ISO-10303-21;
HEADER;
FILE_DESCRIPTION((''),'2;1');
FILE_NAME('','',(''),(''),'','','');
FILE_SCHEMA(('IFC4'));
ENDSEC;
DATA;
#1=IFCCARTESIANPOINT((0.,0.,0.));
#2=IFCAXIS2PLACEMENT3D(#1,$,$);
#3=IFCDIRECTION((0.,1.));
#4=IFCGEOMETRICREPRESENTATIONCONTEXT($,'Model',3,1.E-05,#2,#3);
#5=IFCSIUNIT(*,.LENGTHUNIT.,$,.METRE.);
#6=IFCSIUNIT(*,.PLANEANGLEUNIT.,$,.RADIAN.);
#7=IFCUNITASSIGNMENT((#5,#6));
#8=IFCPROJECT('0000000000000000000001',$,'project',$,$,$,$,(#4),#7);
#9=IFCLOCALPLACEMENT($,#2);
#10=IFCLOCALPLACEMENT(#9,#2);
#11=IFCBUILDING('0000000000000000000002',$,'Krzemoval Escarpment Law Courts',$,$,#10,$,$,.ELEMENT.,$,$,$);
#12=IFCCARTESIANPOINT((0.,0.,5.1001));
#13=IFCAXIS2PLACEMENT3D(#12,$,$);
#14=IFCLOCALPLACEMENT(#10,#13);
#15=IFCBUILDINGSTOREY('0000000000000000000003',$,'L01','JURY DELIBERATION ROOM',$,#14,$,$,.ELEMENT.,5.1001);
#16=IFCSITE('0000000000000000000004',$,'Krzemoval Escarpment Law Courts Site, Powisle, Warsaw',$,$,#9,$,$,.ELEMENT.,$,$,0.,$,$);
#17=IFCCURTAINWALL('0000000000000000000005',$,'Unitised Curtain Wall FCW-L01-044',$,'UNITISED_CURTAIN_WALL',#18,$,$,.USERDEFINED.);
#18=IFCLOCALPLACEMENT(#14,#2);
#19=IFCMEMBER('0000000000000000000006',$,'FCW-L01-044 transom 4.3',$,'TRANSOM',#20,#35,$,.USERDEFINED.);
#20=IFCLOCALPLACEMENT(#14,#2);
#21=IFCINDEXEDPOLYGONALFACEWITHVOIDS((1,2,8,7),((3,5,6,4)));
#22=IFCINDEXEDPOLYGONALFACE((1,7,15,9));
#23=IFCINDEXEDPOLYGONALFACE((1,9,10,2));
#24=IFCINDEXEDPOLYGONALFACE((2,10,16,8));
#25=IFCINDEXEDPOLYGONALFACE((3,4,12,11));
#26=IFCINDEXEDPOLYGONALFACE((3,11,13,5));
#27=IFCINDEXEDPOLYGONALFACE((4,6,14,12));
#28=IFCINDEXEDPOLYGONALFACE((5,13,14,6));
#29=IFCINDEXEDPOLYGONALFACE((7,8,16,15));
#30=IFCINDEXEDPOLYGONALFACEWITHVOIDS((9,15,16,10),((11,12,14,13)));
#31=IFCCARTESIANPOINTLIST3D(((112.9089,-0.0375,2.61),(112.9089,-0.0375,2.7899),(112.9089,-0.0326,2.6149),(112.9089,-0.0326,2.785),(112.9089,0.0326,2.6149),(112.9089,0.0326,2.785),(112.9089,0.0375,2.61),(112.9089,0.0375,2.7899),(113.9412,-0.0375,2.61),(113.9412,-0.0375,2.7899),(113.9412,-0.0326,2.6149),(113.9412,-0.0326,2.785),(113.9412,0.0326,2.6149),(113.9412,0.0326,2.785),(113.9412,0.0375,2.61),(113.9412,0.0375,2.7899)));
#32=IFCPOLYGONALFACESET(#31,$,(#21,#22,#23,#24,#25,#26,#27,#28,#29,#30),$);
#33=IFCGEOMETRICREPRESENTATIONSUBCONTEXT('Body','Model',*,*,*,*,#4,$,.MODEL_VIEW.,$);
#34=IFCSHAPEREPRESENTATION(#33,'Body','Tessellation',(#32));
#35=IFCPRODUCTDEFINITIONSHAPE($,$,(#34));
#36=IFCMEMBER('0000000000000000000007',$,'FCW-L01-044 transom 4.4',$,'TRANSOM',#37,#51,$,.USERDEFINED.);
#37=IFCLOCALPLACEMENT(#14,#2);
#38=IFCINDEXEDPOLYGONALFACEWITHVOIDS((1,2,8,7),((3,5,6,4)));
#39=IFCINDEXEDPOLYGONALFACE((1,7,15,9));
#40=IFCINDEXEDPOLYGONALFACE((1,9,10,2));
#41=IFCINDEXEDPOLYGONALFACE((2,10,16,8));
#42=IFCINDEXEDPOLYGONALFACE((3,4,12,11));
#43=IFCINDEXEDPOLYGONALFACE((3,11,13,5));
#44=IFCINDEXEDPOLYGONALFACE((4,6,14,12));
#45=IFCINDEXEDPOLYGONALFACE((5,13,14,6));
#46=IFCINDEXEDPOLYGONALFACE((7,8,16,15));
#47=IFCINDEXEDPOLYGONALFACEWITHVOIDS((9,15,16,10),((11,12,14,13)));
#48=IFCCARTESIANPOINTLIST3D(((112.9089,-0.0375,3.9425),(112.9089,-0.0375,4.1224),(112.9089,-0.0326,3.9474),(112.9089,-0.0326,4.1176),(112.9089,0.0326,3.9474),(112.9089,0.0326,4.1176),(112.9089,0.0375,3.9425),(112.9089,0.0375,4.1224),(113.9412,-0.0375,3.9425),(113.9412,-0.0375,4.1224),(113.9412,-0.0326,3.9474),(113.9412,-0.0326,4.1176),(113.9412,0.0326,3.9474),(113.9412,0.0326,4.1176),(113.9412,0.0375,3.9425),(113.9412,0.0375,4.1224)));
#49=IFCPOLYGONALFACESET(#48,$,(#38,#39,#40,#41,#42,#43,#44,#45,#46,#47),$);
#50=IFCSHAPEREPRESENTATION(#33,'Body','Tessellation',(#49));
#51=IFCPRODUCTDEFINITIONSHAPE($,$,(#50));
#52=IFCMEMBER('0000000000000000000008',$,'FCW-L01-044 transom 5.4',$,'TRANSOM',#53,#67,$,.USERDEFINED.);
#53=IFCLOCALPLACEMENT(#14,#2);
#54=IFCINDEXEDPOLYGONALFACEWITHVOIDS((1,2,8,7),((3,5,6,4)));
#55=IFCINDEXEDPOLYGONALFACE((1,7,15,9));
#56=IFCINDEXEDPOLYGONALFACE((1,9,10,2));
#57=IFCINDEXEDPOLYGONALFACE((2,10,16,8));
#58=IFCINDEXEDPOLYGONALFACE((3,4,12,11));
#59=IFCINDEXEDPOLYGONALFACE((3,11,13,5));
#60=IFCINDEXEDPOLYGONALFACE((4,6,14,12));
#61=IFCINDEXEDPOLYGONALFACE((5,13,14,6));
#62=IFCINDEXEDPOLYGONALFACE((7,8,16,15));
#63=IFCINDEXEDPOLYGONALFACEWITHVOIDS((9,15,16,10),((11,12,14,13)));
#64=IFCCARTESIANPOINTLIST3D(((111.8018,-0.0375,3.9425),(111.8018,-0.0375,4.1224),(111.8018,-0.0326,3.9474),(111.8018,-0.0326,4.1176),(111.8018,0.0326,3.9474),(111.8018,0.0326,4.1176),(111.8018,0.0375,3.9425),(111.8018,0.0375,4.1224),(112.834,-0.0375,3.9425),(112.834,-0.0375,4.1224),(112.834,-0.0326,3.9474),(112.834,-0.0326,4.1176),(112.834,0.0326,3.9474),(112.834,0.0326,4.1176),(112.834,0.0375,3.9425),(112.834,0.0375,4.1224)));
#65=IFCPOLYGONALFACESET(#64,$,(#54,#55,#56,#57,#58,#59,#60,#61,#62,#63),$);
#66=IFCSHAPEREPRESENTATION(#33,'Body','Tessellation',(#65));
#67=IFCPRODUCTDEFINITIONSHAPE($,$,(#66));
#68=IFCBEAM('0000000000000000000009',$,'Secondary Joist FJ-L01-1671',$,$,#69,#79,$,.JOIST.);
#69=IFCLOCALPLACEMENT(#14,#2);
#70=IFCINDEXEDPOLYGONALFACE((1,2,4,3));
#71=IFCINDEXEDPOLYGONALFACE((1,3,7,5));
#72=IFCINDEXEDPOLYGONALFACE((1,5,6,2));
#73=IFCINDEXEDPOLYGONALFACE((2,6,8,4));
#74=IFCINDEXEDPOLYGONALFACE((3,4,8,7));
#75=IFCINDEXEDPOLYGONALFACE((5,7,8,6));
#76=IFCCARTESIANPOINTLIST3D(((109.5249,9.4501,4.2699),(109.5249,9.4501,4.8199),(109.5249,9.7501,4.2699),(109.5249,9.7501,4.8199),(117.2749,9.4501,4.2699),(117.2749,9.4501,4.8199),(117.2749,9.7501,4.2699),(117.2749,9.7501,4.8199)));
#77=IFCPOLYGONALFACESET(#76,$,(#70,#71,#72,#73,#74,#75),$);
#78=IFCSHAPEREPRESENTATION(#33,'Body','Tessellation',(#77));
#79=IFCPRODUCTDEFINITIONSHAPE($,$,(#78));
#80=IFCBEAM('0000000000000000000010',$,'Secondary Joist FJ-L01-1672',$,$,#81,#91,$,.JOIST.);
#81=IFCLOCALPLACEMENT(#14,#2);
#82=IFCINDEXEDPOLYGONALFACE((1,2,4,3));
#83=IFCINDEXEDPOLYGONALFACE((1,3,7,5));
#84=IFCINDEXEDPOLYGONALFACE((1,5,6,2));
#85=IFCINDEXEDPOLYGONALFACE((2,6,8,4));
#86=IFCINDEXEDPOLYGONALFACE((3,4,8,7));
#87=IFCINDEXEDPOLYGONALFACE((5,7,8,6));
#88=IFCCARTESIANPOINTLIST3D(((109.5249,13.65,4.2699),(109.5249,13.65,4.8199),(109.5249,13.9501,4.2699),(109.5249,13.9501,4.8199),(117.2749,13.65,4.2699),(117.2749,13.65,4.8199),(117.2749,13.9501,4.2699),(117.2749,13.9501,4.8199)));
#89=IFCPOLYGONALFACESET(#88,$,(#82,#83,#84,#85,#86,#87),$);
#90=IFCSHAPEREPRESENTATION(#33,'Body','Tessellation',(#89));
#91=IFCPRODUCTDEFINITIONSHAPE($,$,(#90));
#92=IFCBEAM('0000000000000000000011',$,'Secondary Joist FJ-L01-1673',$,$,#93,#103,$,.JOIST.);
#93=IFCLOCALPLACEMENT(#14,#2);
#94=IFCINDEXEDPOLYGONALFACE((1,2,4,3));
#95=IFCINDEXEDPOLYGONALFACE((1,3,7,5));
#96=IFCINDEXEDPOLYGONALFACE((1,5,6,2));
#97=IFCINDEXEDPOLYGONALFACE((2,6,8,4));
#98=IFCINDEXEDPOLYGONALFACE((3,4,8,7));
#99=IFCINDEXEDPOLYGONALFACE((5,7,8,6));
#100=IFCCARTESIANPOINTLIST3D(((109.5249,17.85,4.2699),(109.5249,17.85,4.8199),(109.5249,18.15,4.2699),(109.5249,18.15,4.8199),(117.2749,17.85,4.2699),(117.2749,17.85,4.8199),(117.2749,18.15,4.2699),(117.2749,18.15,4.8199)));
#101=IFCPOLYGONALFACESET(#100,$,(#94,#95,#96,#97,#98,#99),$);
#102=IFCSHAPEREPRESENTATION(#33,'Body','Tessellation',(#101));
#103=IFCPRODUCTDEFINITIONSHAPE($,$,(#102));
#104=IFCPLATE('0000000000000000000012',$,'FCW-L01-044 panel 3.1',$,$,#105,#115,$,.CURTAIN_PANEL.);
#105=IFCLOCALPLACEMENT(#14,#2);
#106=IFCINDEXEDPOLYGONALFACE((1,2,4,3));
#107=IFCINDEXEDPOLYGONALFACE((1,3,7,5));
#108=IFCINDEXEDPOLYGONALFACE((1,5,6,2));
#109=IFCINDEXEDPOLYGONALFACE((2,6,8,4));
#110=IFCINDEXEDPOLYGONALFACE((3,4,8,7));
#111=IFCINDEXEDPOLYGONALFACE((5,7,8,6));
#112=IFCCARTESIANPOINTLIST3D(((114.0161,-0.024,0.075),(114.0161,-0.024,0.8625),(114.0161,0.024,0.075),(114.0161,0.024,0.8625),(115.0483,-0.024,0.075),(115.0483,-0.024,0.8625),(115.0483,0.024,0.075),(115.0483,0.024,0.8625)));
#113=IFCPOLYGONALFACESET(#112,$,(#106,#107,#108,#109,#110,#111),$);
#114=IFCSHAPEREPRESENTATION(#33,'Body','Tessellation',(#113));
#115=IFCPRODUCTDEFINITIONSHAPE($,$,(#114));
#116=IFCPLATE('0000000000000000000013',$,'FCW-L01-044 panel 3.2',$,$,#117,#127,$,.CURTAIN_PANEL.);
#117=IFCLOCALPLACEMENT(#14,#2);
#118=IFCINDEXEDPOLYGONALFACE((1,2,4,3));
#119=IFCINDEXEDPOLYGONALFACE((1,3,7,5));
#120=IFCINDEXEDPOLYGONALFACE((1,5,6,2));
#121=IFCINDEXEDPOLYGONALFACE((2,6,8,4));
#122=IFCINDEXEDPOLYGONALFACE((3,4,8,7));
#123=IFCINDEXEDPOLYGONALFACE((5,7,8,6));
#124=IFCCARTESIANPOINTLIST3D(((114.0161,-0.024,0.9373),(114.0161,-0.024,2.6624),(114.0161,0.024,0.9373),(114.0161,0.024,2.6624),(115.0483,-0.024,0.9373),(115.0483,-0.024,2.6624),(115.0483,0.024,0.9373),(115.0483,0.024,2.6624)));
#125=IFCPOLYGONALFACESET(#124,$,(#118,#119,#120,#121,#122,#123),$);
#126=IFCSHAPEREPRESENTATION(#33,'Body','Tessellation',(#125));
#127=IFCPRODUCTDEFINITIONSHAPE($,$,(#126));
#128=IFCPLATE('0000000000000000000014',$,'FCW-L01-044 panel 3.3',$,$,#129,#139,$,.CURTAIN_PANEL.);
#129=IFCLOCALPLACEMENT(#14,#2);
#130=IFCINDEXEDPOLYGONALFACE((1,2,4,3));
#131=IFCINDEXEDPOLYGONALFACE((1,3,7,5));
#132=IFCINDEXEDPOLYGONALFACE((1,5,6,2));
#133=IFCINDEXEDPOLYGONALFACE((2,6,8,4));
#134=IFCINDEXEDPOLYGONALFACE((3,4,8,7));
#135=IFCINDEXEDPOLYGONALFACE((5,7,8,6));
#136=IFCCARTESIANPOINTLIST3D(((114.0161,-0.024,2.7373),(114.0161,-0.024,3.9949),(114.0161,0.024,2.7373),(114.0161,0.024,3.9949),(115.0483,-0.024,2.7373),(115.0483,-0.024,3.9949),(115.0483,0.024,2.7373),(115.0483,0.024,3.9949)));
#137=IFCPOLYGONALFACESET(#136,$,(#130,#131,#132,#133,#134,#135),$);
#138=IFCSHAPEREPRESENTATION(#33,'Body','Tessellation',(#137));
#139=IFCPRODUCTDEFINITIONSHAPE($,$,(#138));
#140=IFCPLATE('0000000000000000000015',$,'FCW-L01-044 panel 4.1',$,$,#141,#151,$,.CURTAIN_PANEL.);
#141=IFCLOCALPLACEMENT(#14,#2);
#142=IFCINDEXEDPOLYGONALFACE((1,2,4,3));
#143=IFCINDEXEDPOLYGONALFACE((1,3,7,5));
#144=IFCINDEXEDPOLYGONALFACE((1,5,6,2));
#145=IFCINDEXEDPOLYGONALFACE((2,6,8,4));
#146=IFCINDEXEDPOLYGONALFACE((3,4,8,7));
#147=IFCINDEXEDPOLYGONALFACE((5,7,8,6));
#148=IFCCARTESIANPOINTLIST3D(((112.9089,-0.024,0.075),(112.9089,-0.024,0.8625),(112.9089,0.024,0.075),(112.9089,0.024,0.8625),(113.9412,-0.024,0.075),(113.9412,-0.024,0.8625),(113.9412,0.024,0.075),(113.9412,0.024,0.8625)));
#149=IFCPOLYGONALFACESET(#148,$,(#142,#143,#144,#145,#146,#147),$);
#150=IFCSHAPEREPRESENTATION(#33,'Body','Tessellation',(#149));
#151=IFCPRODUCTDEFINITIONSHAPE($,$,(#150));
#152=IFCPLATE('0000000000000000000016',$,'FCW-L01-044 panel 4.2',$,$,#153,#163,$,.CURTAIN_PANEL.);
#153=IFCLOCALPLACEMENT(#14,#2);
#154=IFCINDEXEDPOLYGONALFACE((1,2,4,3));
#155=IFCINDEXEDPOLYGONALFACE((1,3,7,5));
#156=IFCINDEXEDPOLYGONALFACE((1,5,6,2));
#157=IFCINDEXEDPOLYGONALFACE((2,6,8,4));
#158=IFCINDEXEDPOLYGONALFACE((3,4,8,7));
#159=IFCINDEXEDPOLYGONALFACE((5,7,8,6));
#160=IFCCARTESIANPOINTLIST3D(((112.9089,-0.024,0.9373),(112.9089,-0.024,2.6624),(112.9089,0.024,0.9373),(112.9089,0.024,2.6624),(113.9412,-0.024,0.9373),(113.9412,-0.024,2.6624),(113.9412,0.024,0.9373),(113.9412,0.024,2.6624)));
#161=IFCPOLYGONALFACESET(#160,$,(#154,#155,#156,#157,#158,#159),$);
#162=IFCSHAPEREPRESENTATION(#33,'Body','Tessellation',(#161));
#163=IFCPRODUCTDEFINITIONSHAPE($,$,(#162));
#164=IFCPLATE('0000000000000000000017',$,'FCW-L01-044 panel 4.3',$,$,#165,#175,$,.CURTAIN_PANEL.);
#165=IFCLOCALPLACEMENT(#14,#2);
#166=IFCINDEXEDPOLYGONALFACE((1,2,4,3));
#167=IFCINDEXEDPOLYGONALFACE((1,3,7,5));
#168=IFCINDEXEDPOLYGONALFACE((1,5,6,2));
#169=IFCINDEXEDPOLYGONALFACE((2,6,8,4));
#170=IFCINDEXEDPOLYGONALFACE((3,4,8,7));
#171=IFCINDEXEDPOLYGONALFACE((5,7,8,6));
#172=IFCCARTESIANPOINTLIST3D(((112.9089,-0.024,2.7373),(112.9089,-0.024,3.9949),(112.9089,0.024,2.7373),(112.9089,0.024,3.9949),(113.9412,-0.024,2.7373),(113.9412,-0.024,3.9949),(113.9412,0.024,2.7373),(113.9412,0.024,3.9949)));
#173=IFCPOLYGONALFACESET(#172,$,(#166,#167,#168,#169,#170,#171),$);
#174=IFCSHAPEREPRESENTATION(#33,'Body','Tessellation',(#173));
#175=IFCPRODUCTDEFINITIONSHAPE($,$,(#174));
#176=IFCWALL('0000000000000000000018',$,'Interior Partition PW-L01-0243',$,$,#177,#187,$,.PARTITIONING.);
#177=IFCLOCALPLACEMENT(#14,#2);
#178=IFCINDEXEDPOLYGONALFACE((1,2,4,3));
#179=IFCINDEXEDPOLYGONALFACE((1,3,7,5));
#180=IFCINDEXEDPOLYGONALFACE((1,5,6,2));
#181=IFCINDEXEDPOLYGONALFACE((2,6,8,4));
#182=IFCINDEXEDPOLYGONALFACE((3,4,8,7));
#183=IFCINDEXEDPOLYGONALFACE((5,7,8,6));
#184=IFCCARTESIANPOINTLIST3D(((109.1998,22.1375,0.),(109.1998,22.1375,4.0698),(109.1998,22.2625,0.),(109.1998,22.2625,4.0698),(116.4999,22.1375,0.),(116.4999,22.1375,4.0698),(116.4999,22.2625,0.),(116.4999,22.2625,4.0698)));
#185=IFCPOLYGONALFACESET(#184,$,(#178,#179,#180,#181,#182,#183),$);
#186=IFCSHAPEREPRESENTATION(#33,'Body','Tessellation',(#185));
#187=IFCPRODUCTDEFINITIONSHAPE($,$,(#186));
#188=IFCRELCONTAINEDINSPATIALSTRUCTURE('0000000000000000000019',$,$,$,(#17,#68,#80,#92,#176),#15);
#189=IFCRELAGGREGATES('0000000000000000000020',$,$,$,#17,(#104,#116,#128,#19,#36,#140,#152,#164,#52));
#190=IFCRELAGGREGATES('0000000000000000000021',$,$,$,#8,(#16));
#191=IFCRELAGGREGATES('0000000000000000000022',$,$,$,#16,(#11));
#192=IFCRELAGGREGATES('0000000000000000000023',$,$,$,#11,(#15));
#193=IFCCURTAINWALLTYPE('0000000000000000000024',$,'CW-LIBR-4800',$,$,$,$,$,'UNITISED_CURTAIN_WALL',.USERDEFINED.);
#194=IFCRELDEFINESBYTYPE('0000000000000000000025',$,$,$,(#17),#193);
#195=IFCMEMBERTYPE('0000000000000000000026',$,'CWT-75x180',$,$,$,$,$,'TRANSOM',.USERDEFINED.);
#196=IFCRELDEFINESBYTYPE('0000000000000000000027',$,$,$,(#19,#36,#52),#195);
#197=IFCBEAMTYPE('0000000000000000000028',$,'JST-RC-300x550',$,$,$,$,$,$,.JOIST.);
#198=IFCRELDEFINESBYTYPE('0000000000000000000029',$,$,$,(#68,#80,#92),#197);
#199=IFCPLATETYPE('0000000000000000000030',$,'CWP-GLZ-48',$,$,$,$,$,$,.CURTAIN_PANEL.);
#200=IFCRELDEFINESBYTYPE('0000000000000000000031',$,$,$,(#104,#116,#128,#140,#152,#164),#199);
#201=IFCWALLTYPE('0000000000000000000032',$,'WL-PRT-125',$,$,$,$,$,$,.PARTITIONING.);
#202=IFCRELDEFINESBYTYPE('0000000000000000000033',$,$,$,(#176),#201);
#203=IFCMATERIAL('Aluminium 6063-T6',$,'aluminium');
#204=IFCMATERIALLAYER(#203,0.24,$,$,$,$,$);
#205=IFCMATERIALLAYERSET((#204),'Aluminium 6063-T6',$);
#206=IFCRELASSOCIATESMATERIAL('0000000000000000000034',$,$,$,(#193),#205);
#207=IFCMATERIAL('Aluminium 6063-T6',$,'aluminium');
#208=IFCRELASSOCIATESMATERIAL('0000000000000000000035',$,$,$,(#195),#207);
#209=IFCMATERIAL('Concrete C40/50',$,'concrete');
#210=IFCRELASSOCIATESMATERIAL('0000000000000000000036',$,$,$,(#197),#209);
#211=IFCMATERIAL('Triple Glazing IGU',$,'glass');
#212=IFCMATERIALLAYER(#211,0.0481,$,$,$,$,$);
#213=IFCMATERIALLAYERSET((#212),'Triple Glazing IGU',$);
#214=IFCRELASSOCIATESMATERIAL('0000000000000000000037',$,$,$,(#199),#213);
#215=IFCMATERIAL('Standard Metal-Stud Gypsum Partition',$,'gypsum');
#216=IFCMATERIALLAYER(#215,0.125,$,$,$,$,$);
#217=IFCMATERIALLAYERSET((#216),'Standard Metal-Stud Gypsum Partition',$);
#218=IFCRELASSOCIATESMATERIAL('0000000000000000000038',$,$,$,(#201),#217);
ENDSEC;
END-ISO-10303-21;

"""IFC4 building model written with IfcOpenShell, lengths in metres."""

from ifc_helpers import new_model, si_unit, direction, frame, frame_2d, origin, origin_2d, place, context, subcontext, project, spatial, rectangle, hollow_rectangle, extrude, material, layer, layer_set, material_profile, profile_set, type_object, element, aggregate, save


model = new_model("IFC4")

# Units and contexts
model_context = context("Model", 3, precision=1e-05, world=origin(), true_north=direction((0.0, 1.0)))
body_context = subcontext(model_context, "Body", "Model", "MODEL_VIEW")
ifc_project = project(units=[si_unit("LENGTHUNIT", "METRE"), si_unit("PLANEANGLEUNIT", "RADIAN")], contexts=[model_context])

# Site, building, storey
site_placement = place(None, origin())
site = spatial("IfcSite", under=ifc_project, at=site_placement, Name="Krzemoval Escarpment Law Courts Site, Powisle, Warsaw", CompositionType="ELEMENT", RefElevation=0.0)
building_placement = place(site_placement, origin())
building = spatial("IfcBuilding", under=site, at=building_placement, Name="Krzemoval Escarpment Law Courts", CompositionType="ELEMENT")
storey_placement = place(building_placement, frame((0.0, 0.0, 5.1001)))
storey = spatial("IfcBuildingStorey", under=building, at=storey_placement, Name="L01", Description="JURY DELIBERATION ROOM", CompositionType="ELEMENT", Elevation=5.1001)

# Curtain wall, members
ifc_material_1 = material(Name="Aluminium 6063-T6", Category="aluminium")
ifc_layer_1 = layer(ifc_material_1, 0.24)
ifc_layer_set_1 = layer_set([ifc_layer_1], Name="Aluminium 6063-T6")
curtain_wall_type = type_object("IfcCurtainWallType", Name="CW-LIBR-4800", ElementType="UNITISED_CURTAIN_WALL", PredefinedType="USERDEFINED", material=ifc_layer_set_1)
curtain_wall_placement = place(storey_placement, origin())
curtain_wall = element("IfcCurtainWall", 1, at=curtain_wall_placement, inside=storey, type_object=curtain_wall_type, Name="Unitised Curtain Wall FCW-L01-044", ObjectType="UNITISED_CURTAIN_WALL", PredefinedType="USERDEFINED")
ifc_material_2 = material(Name="Aluminium 6063-T6", Category="aluminium")
ifc_material_profile_1 = material_profile(ifc_material_2, hollow_rectangle(XDim=0.075, YDim=0.1799, WallThickness=0.0049, at=origin_2d()), Name="ALU T75x180")
ifc_profile_set_1 = profile_set([ifc_material_profile_1], Name="Aluminium 6063-T6")
member_type_1 = type_object("IfcMemberType", Name="CWT-75x180", ElementType="TRANSOM", PredefinedType="USERDEFINED", material=ifc_profile_set_1)
member_1_placement = place(storey_placement, frame((113.9412, 0.0, 2.7), z_axis=(-1.0, 0.0, 0.0), x_axis=(0.0, -1.0, 0.0)))
member_1 = element("IfcMember", 2, at=member_1_placement, type_object=member_type_1, Name="FCW-L01-044 transom 4.3", ObjectType="TRANSOM", PredefinedType="USERDEFINED", context=body_context, shape_type="SweptSolid", body=[
    extrude(hollow_rectangle(XDim=0.075, YDim=0.1799, WallThickness=0.0049, at=origin_2d()), origin(), (0.0, 0.0, 1.0), 1.0322),
])
member_2_placement = place(storey_placement, frame((113.9412, 0.0, 4.0325), z_axis=(-1.0, 0.0, 0.0), x_axis=(0.0, -1.0, 0.0)))
member_2 = element("IfcMember", 3, at=member_2_placement, type_object=member_type_1, Name="FCW-L01-044 transom 4.4", ObjectType="TRANSOM", PredefinedType="USERDEFINED", context=body_context, shape_type="SweptSolid", body=[
    extrude(hollow_rectangle(XDim=0.075, YDim=0.1799, WallThickness=0.0049, at=origin_2d()), origin(), (0.0, 0.0, 1.0), 1.0322),
])
member_3_placement = place(storey_placement, frame((112.834, 0.0, 4.0325), z_axis=(-1.0, 0.0, 0.0), x_axis=(0.0, -1.0, 0.0)))
member_3 = element("IfcMember", 4, at=member_3_placement, type_object=member_type_1, Name="FCW-L01-044 transom 5.4", ObjectType="TRANSOM", PredefinedType="USERDEFINED", context=body_context, shape_type="SweptSolid", body=[
    extrude(hollow_rectangle(XDim=0.075, YDim=0.1799, WallThickness=0.0049, at=origin_2d()), origin(), (0.0, 0.0, 1.0), 1.0322),
])

# Beams
ifc_material_3 = material(Name="Concrete C40/50", Category="concrete")
ifc_material_profile_2 = material_profile(ifc_material_3, rectangle(XDim=0.3, YDim=0.55, at=origin_2d()), Name="RCB 300x550")
ifc_profile_set_2 = profile_set([ifc_material_profile_2], Name="Concrete C40/50")
beam_type_1 = type_object("IfcBeamType", Name="JST-RC-300x550", PredefinedType="JOIST", material=ifc_profile_set_2)
for number, where, z_axis, x_axis, name in (
    (5, (109.5249, 9.6001, 4.5449), (1.0, 0.0, 0.0), (0.0, 1.0, 0.0), "Secondary Joist FJ-L01-1671"),
    (6, (109.5249, 13.8, 4.5449), (1.0, 0.0, 0.0), (0.0, 1.0, 0.0), "Secondary Joist FJ-L01-1672"),
    (7, (109.5249, 18.0, 4.5449), (1.0, 0.0, 0.0), (0.0, 1.0, 0.0), "Secondary Joist FJ-L01-1673"),
):
    element("IfcBeam", number, at=place(storey_placement, frame(where, z_axis=z_axis, x_axis=x_axis)), inside=storey, type_object=beam_type_1, Name=name, PredefinedType="JOIST", context=body_context, shape_type="SweptSolid", body=[
        extrude(rectangle(XDim=0.3, YDim=0.55, at=origin_2d()), origin(), (0.0, 0.0, 1.0), 7.75),
    ])

# Plates
ifc_material_4 = material(Name="Triple Glazing IGU", Category="glass")
ifc_layer_2 = layer(ifc_material_4, 0.0481)
ifc_layer_set_2 = layer_set([ifc_layer_2], Name="Triple Glazing IGU")
plate_type = type_object("IfcPlateType", Name="CWP-GLZ-48", PredefinedType="CURTAIN_PANEL", material=ifc_layer_set_2)
plate_1_placement = place(storey_placement, frame((114.5322, 0.0, 0.075), z_axis=(0.0, 0.0, 1.0), x_axis=(-1.0, 0.0, 0.0)))
plate_1 = element("IfcPlate", 8, at=plate_1_placement, type_object=plate_type, Name="FCW-L01-044 panel 3.1", PredefinedType="CURTAIN_PANEL", context=body_context, shape_type="SweptSolid", body=[
    extrude(rectangle(XDim=1.0322, YDim=0.0481, at=origin_2d()), origin(), (0.0, 0.0, 1.0), 0.7876),
])
plate_2_placement = place(storey_placement, frame((114.5322, 0.0, 0.9373), z_axis=(0.0, 0.0, 1.0), x_axis=(-1.0, 0.0, 0.0)))
plate_2 = element("IfcPlate", 9, at=plate_2_placement, type_object=plate_type, Name="FCW-L01-044 panel 3.2", PredefinedType="CURTAIN_PANEL", context=body_context, shape_type="SweptSolid", body=[
    extrude(rectangle(XDim=1.0322, YDim=0.0481, at=origin_2d()), origin(), (0.0, 0.0, 1.0), 1.7251),
])
plate_3_placement = place(storey_placement, frame((114.5322, 0.0, 2.7373), z_axis=(0.0, 0.0, 1.0), x_axis=(-1.0, 0.0, 0.0)))
plate_3 = element("IfcPlate", 10, at=plate_3_placement, type_object=plate_type, Name="FCW-L01-044 panel 3.3", PredefinedType="CURTAIN_PANEL", context=body_context, shape_type="SweptSolid", body=[
    extrude(rectangle(XDim=1.0322, YDim=0.0481, at=origin_2d()), origin(), (0.0, 0.0, 1.0), 1.2576),
])
plate_4_placement = place(storey_placement, frame((113.425, 0.0, 0.075), z_axis=(0.0, 0.0, 1.0), x_axis=(-1.0, 0.0, 0.0)))
plate_4 = element("IfcPlate", 11, at=plate_4_placement, type_object=plate_type, Name="FCW-L01-044 panel 4.1", PredefinedType="CURTAIN_PANEL", context=body_context, shape_type="SweptSolid", body=[
    extrude(rectangle(XDim=1.0322, YDim=0.0481, at=origin_2d()), origin(), (0.0, 0.0, 1.0), 0.7876),
])
plate_5_placement = place(storey_placement, frame((113.425, 0.0, 0.9373), z_axis=(0.0, 0.0, 1.0), x_axis=(-1.0, 0.0, 0.0)))
plate_5 = element("IfcPlate", 12, at=plate_5_placement, type_object=plate_type, Name="FCW-L01-044 panel 4.2", PredefinedType="CURTAIN_PANEL", context=body_context, shape_type="SweptSolid", body=[
    extrude(rectangle(XDim=1.0322, YDim=0.0481, at=origin_2d()), origin(), (0.0, 0.0, 1.0), 1.7251),
])
plate_6_placement = place(storey_placement, frame((113.425, 0.0, 2.7373), z_axis=(0.0, 0.0, 1.0), x_axis=(-1.0, 0.0, 0.0)))
plate_6 = element("IfcPlate", 13, at=plate_6_placement, type_object=plate_type, Name="FCW-L01-044 panel 4.3", PredefinedType="CURTAIN_PANEL", context=body_context, shape_type="SweptSolid", body=[
    extrude(rectangle(XDim=1.0322, YDim=0.0481, at=origin_2d()), origin(), (0.0, 0.0, 1.0), 1.2576),
])
aggregate(curtain_wall, [plate_1, plate_2, plate_3, member_1, member_2, plate_4, plate_5, plate_6, member_3])

# Wall
ifc_material_5 = material(Name="Standard Metal-Stud Gypsum Partition", Category="gypsum")
ifc_layer_3 = layer(ifc_material_5, 0.125)
ifc_layer_set_3 = layer_set([ifc_layer_3], Name="Standard Metal-Stud Gypsum Partition")
wall_type_1 = type_object("IfcWallType", Name="WL-PRT-125", PredefinedType="PARTITIONING", material=ifc_layer_set_3)
wall_1_placement = place(storey_placement, frame((109.2, 22.2, 0.0), z_axis=(0.0, 0.0, 1.0), x_axis=(1.0, 0.0, 0.0)))
element("IfcWall", 14, at=wall_1_placement, inside=storey, type_object=wall_type_1, Name="Interior Partition PW-L01-0243", PredefinedType="PARTITIONING", context=body_context, shape_type="SweptSolid", body=[
    extrude(rectangle(XDim=7.3, YDim=0.125, at=frame_2d((3.6499, 0.0))), origin(), (0.0, 0.0, 1.0), 4.0698),
])

save(model, "model.ifc")
